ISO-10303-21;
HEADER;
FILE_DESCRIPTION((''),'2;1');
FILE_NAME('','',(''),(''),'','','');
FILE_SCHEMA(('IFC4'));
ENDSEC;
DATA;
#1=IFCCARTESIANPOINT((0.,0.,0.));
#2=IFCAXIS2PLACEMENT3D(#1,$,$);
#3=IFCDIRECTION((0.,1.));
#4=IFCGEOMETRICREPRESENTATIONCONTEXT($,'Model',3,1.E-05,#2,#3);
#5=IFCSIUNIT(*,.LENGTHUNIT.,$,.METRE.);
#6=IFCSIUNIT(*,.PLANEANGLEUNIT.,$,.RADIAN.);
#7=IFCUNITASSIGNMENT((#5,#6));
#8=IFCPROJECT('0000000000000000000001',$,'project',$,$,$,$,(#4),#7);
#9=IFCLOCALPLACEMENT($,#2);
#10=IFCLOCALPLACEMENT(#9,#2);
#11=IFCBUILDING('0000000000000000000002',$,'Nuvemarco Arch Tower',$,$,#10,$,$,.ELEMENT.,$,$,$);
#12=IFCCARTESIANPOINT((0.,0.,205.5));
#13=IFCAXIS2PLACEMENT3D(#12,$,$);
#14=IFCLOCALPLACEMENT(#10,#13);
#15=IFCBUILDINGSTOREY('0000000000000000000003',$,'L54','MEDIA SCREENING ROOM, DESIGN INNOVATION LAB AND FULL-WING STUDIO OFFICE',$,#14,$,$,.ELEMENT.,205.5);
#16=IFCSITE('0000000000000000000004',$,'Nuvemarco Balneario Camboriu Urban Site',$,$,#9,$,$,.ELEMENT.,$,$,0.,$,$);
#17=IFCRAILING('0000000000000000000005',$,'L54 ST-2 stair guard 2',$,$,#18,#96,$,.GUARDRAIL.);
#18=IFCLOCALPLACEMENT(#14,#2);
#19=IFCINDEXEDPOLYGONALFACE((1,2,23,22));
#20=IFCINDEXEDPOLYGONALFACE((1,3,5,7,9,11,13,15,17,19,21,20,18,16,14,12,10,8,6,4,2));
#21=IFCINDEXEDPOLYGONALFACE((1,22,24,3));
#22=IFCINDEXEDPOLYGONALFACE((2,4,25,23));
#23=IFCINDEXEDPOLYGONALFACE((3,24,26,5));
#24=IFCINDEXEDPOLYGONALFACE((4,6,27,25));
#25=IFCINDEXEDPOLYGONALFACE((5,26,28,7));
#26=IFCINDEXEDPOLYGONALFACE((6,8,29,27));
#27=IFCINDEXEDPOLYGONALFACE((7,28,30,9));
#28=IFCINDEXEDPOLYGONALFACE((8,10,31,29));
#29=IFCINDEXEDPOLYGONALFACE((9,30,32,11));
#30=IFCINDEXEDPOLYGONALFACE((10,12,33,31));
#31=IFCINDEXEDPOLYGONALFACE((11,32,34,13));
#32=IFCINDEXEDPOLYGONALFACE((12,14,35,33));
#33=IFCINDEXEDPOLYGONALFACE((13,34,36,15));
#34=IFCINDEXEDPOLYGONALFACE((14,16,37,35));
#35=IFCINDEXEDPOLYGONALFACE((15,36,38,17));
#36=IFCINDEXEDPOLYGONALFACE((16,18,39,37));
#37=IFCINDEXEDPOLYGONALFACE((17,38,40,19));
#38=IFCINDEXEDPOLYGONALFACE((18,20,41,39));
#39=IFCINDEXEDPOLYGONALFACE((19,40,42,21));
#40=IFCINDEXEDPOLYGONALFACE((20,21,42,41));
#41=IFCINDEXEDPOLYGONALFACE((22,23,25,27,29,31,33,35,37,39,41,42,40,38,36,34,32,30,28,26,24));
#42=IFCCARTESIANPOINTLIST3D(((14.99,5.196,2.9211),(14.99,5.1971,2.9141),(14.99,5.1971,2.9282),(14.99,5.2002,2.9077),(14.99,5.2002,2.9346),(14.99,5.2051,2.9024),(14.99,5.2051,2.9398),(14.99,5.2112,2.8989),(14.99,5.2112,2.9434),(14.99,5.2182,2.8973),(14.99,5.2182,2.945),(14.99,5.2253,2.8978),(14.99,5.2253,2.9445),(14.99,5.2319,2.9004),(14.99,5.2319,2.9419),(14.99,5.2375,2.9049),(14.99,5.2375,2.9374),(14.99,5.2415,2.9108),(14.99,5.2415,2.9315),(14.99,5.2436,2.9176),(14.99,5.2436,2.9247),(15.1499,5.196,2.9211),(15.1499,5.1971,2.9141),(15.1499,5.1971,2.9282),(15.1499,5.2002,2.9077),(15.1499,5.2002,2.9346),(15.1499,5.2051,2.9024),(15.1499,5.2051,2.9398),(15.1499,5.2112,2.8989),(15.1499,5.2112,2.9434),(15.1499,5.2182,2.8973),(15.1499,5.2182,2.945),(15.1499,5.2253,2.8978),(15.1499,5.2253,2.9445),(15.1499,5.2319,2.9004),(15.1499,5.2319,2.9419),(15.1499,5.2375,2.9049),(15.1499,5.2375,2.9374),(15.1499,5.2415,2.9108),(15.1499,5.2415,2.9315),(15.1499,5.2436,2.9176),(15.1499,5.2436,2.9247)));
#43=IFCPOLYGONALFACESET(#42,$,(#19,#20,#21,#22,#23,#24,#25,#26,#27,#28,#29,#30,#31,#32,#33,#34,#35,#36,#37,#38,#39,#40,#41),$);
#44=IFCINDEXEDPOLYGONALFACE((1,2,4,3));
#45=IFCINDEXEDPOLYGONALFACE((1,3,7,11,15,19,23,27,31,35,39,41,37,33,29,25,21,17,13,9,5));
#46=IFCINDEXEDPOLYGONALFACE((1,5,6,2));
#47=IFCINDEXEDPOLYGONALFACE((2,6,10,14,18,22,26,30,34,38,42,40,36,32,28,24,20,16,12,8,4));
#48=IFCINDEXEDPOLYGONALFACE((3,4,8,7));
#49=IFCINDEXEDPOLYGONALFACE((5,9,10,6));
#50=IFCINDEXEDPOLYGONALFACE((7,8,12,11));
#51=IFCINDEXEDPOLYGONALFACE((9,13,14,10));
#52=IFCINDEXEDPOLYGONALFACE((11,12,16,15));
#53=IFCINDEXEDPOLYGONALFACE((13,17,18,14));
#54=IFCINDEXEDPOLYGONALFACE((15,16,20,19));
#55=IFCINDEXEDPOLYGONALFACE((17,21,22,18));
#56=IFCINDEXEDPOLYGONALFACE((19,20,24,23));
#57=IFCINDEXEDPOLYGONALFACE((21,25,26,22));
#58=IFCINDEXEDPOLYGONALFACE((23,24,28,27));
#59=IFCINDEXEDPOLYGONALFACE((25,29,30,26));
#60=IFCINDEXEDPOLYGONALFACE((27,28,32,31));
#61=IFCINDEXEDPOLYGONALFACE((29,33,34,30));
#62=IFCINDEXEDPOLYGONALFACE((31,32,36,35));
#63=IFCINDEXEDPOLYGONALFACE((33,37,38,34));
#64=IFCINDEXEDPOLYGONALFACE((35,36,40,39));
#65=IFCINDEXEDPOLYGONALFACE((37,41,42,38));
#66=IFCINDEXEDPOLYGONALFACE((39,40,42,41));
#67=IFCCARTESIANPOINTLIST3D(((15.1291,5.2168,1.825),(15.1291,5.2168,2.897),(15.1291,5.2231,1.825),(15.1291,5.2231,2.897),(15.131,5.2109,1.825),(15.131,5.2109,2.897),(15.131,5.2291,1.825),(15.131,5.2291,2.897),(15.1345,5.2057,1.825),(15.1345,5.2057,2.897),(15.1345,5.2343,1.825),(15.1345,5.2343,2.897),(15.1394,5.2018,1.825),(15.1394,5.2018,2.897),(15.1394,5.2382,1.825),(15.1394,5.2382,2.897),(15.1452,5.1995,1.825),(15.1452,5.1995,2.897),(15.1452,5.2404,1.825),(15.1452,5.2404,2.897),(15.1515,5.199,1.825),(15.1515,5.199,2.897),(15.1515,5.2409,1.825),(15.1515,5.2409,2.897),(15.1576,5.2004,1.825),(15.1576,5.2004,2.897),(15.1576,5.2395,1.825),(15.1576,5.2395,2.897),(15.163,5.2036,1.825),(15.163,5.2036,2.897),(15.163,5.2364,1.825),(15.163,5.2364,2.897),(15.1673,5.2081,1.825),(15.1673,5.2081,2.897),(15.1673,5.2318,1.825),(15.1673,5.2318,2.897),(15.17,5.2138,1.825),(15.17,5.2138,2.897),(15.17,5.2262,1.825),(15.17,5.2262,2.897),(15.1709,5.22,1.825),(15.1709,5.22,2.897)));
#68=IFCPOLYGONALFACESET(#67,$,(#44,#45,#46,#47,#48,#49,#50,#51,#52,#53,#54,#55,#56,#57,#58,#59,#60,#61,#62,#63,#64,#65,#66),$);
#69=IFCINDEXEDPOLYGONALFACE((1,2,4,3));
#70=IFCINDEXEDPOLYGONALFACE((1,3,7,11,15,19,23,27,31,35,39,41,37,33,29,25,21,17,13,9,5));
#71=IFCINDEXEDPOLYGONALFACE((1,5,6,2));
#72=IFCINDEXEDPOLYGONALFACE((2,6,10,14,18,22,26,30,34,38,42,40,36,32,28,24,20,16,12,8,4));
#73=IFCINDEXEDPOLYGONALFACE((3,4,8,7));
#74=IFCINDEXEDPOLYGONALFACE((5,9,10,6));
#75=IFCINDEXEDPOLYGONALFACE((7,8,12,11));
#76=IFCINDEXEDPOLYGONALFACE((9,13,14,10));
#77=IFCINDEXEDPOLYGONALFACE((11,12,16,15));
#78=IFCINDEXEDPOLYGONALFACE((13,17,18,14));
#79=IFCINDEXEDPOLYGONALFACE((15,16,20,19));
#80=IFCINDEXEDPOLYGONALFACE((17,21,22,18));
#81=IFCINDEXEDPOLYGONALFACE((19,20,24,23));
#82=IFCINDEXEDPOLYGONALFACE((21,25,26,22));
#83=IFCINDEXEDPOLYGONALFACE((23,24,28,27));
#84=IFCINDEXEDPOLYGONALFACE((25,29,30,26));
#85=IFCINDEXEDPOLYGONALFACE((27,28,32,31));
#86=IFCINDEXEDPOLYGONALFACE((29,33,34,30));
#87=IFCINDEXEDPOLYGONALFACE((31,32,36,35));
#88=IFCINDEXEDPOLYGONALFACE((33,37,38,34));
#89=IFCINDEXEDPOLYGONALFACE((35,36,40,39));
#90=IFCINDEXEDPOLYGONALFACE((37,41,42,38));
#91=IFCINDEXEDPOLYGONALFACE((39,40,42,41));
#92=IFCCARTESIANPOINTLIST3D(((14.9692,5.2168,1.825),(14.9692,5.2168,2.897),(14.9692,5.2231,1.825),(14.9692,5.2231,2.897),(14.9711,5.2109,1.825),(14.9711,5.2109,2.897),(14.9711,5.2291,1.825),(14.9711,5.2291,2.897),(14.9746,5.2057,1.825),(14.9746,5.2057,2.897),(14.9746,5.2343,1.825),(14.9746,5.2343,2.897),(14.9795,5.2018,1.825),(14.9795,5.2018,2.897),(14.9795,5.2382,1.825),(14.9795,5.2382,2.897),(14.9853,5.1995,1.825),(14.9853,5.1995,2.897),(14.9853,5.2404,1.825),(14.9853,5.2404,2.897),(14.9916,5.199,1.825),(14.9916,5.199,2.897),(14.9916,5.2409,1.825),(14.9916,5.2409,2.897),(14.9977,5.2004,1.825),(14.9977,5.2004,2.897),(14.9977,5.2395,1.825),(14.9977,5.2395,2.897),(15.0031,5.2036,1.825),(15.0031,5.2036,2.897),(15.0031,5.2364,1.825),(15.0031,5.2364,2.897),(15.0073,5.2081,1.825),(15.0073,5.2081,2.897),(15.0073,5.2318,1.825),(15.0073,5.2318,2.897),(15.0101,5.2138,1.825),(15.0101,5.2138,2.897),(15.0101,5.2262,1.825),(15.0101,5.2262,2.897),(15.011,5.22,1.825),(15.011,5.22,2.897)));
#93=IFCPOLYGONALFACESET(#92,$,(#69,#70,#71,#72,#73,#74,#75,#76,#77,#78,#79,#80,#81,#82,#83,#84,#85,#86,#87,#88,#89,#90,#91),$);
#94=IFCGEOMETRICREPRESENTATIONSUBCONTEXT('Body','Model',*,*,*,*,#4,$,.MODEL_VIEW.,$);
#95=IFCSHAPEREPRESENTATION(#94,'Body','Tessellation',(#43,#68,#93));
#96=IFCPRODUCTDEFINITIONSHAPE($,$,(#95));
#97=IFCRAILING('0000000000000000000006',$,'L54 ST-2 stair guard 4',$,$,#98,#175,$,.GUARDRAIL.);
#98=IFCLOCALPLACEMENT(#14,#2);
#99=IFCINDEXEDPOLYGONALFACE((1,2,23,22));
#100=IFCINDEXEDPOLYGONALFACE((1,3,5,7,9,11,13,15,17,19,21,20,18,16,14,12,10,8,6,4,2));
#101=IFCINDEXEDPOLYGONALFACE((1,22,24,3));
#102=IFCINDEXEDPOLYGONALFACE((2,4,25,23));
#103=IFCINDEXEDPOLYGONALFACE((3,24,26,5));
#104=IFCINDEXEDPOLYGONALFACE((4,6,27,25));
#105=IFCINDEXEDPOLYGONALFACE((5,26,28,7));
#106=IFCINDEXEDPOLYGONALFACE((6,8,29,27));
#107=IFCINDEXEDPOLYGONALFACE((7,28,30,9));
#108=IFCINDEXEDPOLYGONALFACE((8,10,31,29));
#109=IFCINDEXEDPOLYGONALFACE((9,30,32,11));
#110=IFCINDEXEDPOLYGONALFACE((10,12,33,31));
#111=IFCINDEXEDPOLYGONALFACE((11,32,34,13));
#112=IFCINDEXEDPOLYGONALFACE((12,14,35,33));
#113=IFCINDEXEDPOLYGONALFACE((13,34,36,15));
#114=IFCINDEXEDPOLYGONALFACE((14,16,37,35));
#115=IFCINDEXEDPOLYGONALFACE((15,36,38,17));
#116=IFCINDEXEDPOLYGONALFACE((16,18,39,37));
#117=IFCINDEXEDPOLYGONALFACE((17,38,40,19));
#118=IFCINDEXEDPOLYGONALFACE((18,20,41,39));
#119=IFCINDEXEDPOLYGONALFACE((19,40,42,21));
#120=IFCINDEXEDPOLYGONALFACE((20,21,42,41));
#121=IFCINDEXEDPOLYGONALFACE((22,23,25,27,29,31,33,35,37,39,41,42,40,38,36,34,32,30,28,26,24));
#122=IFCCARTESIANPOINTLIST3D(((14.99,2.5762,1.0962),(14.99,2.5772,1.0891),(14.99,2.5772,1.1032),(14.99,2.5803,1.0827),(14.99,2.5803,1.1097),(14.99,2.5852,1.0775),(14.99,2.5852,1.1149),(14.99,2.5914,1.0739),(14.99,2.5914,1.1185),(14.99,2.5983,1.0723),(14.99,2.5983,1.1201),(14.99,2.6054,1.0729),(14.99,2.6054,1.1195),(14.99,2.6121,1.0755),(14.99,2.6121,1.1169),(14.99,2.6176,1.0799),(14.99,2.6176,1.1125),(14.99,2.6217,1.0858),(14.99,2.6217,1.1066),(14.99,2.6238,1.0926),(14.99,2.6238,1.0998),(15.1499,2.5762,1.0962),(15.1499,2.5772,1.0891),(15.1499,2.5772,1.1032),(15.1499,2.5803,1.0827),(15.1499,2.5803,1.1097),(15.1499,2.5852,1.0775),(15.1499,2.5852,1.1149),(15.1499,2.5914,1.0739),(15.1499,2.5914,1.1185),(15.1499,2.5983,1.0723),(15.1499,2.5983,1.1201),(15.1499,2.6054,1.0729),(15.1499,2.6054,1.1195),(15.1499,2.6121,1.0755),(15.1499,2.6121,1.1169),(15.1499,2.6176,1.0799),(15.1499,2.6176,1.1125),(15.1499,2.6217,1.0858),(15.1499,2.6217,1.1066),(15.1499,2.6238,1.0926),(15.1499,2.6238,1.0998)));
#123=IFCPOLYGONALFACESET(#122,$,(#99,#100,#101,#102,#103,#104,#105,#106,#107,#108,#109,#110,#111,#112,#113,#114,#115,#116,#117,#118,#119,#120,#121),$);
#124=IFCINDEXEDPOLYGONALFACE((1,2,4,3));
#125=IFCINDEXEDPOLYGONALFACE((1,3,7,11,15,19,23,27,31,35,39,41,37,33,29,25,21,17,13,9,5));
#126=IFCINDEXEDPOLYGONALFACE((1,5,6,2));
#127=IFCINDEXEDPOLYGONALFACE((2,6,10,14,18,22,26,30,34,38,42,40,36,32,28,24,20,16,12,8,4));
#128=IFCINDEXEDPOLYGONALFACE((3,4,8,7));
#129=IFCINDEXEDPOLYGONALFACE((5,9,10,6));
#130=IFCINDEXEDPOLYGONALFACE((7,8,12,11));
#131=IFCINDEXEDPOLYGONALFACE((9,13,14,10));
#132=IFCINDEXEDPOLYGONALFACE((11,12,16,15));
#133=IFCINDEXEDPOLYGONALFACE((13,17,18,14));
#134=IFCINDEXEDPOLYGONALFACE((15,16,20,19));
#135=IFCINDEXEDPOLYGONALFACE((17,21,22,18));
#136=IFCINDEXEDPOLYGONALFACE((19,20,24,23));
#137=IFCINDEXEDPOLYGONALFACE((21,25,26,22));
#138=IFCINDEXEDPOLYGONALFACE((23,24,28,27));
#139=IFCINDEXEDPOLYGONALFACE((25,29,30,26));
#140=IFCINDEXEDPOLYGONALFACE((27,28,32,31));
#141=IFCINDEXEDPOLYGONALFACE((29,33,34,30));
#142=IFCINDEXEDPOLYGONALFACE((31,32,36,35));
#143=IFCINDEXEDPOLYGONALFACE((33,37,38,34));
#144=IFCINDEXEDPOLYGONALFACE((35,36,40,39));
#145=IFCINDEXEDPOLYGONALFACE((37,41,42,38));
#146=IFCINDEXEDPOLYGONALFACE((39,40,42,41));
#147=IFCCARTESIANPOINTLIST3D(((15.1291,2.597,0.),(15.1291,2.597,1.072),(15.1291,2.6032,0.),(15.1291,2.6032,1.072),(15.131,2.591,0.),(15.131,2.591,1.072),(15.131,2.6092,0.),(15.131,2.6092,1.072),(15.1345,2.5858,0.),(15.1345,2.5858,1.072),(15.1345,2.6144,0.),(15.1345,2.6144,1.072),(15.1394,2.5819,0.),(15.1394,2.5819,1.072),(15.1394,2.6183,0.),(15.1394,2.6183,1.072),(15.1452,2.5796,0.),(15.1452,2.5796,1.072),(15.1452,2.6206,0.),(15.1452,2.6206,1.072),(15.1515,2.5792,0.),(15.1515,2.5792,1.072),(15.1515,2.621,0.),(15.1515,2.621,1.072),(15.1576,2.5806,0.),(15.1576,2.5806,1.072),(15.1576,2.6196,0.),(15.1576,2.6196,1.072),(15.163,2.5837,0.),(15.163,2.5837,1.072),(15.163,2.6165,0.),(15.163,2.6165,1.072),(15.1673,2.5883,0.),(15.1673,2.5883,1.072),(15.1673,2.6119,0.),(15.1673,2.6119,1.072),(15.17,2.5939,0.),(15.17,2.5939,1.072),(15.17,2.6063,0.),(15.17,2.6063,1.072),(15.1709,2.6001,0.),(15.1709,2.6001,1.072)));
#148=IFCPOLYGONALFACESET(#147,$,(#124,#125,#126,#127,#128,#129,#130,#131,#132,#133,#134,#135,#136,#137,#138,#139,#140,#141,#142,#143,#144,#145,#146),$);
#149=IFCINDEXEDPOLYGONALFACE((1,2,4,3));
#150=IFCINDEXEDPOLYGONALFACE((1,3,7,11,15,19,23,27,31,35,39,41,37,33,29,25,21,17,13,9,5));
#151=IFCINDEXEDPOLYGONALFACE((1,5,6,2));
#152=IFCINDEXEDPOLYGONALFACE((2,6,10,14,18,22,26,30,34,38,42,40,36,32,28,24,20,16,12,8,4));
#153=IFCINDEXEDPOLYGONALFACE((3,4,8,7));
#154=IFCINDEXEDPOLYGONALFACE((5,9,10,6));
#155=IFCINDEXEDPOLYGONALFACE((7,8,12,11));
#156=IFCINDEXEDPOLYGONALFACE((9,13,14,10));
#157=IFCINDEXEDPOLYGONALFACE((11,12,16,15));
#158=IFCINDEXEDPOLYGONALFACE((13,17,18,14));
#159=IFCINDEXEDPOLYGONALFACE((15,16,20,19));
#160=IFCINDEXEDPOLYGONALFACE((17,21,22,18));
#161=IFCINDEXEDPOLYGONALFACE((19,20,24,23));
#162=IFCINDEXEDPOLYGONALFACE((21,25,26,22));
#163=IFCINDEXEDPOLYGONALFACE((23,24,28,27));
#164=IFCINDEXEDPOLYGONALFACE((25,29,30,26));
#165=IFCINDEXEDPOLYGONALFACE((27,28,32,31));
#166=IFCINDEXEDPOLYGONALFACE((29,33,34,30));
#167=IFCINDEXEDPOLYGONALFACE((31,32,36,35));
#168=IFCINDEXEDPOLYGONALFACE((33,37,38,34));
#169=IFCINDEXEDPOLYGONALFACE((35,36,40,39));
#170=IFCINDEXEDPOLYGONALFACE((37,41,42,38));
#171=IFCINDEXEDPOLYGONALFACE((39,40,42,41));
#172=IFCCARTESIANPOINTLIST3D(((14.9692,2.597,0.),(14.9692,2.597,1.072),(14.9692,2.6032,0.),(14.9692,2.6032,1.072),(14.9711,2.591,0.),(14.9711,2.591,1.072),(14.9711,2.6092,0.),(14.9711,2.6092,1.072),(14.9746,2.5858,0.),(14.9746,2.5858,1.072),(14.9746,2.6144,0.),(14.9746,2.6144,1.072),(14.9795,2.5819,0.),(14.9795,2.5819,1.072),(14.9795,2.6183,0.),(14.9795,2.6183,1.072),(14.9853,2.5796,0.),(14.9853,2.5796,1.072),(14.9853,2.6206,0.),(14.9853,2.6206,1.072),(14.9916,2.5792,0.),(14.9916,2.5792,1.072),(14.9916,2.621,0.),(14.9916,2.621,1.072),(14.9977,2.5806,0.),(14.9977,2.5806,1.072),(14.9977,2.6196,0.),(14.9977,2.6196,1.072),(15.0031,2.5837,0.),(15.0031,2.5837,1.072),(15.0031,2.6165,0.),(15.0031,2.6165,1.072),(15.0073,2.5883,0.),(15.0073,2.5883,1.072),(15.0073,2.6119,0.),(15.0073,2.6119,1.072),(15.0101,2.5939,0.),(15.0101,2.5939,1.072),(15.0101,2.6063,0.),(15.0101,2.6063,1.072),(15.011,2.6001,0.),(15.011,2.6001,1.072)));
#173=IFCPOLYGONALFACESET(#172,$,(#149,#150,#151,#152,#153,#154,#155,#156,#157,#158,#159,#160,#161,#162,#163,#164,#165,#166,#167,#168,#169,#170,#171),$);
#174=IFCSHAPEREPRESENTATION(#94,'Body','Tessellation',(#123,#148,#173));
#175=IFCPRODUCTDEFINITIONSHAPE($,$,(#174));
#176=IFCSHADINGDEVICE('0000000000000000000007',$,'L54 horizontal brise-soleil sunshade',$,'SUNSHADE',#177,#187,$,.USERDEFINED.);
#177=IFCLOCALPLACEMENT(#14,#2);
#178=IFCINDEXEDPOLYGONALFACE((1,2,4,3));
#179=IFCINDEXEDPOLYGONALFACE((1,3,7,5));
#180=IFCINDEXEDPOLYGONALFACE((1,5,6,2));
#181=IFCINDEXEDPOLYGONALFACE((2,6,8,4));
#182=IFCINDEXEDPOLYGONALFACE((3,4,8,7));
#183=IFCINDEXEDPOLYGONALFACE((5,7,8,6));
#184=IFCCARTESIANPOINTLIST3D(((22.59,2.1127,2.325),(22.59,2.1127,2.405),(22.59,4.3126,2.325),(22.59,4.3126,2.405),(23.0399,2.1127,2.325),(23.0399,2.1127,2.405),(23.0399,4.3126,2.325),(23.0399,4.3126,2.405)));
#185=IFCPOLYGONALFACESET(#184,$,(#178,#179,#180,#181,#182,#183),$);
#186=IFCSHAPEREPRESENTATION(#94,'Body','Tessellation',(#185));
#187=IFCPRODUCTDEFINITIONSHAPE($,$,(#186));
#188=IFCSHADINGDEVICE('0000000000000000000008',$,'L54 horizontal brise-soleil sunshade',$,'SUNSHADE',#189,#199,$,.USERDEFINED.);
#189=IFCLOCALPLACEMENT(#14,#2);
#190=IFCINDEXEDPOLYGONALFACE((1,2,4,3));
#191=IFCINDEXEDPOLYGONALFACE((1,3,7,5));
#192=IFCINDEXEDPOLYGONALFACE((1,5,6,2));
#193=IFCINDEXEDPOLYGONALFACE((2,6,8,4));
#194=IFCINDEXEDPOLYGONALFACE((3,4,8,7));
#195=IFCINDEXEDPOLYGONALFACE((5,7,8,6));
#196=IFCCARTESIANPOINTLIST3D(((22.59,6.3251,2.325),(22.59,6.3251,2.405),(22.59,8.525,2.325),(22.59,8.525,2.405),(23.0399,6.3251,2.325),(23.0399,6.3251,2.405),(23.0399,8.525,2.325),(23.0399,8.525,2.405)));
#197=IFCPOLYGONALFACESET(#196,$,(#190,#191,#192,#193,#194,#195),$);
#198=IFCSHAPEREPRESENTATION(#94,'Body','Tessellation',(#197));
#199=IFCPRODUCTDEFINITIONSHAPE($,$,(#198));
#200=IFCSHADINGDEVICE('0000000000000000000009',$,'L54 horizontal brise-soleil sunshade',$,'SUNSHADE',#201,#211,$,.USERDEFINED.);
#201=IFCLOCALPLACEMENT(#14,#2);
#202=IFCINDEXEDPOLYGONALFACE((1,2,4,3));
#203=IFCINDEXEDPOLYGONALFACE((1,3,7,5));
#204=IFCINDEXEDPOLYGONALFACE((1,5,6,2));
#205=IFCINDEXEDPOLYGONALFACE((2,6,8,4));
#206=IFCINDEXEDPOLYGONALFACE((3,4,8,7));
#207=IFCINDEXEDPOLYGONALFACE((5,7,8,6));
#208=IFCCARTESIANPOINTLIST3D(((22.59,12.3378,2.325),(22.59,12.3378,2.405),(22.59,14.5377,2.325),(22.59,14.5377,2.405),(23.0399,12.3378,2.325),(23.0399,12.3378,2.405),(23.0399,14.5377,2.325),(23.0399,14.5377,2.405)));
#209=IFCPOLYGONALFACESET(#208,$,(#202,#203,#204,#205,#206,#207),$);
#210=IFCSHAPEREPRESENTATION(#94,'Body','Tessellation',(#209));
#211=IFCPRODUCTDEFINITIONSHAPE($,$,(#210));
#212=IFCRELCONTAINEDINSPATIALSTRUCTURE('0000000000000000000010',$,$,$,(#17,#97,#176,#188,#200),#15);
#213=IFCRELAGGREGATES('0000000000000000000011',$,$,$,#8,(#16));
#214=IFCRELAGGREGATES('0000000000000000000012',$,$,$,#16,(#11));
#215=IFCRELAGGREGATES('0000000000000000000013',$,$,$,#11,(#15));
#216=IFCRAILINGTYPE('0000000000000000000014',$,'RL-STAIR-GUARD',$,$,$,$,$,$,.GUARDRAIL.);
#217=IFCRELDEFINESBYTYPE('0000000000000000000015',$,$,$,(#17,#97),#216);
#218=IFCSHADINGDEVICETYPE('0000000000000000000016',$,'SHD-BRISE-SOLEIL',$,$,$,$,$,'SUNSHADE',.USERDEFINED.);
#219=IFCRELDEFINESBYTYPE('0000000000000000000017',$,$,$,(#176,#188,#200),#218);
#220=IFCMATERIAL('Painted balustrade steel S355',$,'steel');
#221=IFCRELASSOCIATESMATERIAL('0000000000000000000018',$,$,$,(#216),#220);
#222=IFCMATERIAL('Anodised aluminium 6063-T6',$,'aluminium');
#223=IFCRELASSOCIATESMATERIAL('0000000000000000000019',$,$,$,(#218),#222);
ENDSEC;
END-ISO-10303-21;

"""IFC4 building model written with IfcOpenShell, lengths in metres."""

from ifc_helpers import new_model, si_unit, direction, frame, origin, origin_2d, place, context, subcontext, project, spatial, rectangle, circle, extrude, source, transform, mapped, material, type_object, type_shapes, element, save


model = new_model("IFC4")

# Units and contexts
model_context = context("Model", 3, precision=1e-05, world=origin(), true_north=direction((0.0, 1.0)))
body_context = subcontext(model_context, "Body", "Model", "MODEL_VIEW")
ifc_project = project(units=[si_unit("LENGTHUNIT", "METRE"), si_unit("PLANEANGLEUNIT", "RADIAN")], contexts=[model_context])

# Site, building, storey
site_placement = place(None, origin())
site = spatial("IfcSite", under=ifc_project, at=site_placement, Name="Nuvemarco Balneario Camboriu Urban Site", CompositionType="ELEMENT", RefElevation=0.0)
building_placement = place(site_placement, origin())
building = spatial("IfcBuilding", under=site, at=building_placement, Name="Nuvemarco Arch Tower", CompositionType="ELEMENT")
storey_placement = place(building_placement, frame((0.0, 0.0, 205.5)))
storey = spatial("IfcBuildingStorey", under=building, at=storey_placement, Name="L54", Description="MEDIA SCREENING ROOM, DESIGN INNOVATION LAB AND FULL-WING STUDIO OFFICE", CompositionType="ELEMENT", Elevation=205.5)

# Railings
ifc_material_1 = material(Name="Painted balustrade steel S355", Category="steel")
railing_type_1 = type_object("IfcRailingType", Name="RL-STAIR-GUARD", PredefinedType="GUARDRAIL", material=ifc_material_1)
for number, where, name in (
    (1, (15.1499, 5.22, 1.825), "L54 ST-2 stair guard 2"),
    (2, (15.1499, 2.6001, 0.0), "L54 ST-2 stair guard 4"),
):
    element("IfcRailing", number, at=place(storey_placement, frame(where)), inside=storey, type_object=railing_type_1, Name=name, PredefinedType="GUARDRAIL", context=body_context, shape_type="SweptSolid", body=[
        extrude(circle(Radius=0.0239, at=origin_2d()), frame((0.0, 0.0, 1.0962), z_axis=(-1.0, 0.0, 0.0), x_axis=(0.0, -1.0, 0.0)), (0.0, 0.0, 1.0), 0.1599),
        extrude(circle(Radius=0.021, at=origin_2d()), origin(), (0.0, 0.0, 1.0), 1.072),
        extrude(circle(Radius=0.021, at=origin_2d()), frame((-0.1599, 0.0, 0.0)), (0.0, 0.0, 1.0), 1.072),
    ])

# Shading devices
ifc_material_2 = material(Name="Anodised aluminium 6063-T6", Category="aluminium")
shading_device_type_1 = type_object("IfcShadingDeviceType", Name="SHD-BRISE-SOLEIL", ElementType="SUNSHADE", PredefinedType="USERDEFINED", material=ifc_material_2)
shared_shape_1 = source(origin(), body_context, "Body", "SweptSolid", [
    extrude(rectangle(XDim=2.2, YDim=0.45, at=origin_2d()), origin(), (0.0, 0.0, 1.0), 0.0801),
])
type_shapes(shading_device_type_1, [shared_shape_1])
for number, where, z_axis, x_axis, name in (
    (3, (22.8149, 3.2126, 2.325), (0.0, 0.0, 1.0), (0.0, 1.0, 0.0), "L54 horizontal brise-soleil sunshade"),
    (4, (22.8149, 7.425, 2.325), (0.0, 0.0, 1.0), (0.0, 1.0, 0.0), "L54 horizontal brise-soleil sunshade"),
    (5, (22.8149, 13.4377, 2.325), (0.0, 0.0, 1.0), (0.0, 1.0, 0.0), "L54 horizontal brise-soleil sunshade"),
):
    element("IfcShadingDevice", number, at=place(storey_placement, frame(where, z_axis=z_axis, x_axis=x_axis)), inside=storey, type_object=shading_device_type_1, Name=name, ObjectType="SUNSHADE", PredefinedType="USERDEFINED", context=body_context, shape_type="MappedRepresentation", body=[
        mapped(shared_shape_1, transform((0.0, 0.0, 0.0), scale=1.0)),
    ])

save(model, "model.ifc")
